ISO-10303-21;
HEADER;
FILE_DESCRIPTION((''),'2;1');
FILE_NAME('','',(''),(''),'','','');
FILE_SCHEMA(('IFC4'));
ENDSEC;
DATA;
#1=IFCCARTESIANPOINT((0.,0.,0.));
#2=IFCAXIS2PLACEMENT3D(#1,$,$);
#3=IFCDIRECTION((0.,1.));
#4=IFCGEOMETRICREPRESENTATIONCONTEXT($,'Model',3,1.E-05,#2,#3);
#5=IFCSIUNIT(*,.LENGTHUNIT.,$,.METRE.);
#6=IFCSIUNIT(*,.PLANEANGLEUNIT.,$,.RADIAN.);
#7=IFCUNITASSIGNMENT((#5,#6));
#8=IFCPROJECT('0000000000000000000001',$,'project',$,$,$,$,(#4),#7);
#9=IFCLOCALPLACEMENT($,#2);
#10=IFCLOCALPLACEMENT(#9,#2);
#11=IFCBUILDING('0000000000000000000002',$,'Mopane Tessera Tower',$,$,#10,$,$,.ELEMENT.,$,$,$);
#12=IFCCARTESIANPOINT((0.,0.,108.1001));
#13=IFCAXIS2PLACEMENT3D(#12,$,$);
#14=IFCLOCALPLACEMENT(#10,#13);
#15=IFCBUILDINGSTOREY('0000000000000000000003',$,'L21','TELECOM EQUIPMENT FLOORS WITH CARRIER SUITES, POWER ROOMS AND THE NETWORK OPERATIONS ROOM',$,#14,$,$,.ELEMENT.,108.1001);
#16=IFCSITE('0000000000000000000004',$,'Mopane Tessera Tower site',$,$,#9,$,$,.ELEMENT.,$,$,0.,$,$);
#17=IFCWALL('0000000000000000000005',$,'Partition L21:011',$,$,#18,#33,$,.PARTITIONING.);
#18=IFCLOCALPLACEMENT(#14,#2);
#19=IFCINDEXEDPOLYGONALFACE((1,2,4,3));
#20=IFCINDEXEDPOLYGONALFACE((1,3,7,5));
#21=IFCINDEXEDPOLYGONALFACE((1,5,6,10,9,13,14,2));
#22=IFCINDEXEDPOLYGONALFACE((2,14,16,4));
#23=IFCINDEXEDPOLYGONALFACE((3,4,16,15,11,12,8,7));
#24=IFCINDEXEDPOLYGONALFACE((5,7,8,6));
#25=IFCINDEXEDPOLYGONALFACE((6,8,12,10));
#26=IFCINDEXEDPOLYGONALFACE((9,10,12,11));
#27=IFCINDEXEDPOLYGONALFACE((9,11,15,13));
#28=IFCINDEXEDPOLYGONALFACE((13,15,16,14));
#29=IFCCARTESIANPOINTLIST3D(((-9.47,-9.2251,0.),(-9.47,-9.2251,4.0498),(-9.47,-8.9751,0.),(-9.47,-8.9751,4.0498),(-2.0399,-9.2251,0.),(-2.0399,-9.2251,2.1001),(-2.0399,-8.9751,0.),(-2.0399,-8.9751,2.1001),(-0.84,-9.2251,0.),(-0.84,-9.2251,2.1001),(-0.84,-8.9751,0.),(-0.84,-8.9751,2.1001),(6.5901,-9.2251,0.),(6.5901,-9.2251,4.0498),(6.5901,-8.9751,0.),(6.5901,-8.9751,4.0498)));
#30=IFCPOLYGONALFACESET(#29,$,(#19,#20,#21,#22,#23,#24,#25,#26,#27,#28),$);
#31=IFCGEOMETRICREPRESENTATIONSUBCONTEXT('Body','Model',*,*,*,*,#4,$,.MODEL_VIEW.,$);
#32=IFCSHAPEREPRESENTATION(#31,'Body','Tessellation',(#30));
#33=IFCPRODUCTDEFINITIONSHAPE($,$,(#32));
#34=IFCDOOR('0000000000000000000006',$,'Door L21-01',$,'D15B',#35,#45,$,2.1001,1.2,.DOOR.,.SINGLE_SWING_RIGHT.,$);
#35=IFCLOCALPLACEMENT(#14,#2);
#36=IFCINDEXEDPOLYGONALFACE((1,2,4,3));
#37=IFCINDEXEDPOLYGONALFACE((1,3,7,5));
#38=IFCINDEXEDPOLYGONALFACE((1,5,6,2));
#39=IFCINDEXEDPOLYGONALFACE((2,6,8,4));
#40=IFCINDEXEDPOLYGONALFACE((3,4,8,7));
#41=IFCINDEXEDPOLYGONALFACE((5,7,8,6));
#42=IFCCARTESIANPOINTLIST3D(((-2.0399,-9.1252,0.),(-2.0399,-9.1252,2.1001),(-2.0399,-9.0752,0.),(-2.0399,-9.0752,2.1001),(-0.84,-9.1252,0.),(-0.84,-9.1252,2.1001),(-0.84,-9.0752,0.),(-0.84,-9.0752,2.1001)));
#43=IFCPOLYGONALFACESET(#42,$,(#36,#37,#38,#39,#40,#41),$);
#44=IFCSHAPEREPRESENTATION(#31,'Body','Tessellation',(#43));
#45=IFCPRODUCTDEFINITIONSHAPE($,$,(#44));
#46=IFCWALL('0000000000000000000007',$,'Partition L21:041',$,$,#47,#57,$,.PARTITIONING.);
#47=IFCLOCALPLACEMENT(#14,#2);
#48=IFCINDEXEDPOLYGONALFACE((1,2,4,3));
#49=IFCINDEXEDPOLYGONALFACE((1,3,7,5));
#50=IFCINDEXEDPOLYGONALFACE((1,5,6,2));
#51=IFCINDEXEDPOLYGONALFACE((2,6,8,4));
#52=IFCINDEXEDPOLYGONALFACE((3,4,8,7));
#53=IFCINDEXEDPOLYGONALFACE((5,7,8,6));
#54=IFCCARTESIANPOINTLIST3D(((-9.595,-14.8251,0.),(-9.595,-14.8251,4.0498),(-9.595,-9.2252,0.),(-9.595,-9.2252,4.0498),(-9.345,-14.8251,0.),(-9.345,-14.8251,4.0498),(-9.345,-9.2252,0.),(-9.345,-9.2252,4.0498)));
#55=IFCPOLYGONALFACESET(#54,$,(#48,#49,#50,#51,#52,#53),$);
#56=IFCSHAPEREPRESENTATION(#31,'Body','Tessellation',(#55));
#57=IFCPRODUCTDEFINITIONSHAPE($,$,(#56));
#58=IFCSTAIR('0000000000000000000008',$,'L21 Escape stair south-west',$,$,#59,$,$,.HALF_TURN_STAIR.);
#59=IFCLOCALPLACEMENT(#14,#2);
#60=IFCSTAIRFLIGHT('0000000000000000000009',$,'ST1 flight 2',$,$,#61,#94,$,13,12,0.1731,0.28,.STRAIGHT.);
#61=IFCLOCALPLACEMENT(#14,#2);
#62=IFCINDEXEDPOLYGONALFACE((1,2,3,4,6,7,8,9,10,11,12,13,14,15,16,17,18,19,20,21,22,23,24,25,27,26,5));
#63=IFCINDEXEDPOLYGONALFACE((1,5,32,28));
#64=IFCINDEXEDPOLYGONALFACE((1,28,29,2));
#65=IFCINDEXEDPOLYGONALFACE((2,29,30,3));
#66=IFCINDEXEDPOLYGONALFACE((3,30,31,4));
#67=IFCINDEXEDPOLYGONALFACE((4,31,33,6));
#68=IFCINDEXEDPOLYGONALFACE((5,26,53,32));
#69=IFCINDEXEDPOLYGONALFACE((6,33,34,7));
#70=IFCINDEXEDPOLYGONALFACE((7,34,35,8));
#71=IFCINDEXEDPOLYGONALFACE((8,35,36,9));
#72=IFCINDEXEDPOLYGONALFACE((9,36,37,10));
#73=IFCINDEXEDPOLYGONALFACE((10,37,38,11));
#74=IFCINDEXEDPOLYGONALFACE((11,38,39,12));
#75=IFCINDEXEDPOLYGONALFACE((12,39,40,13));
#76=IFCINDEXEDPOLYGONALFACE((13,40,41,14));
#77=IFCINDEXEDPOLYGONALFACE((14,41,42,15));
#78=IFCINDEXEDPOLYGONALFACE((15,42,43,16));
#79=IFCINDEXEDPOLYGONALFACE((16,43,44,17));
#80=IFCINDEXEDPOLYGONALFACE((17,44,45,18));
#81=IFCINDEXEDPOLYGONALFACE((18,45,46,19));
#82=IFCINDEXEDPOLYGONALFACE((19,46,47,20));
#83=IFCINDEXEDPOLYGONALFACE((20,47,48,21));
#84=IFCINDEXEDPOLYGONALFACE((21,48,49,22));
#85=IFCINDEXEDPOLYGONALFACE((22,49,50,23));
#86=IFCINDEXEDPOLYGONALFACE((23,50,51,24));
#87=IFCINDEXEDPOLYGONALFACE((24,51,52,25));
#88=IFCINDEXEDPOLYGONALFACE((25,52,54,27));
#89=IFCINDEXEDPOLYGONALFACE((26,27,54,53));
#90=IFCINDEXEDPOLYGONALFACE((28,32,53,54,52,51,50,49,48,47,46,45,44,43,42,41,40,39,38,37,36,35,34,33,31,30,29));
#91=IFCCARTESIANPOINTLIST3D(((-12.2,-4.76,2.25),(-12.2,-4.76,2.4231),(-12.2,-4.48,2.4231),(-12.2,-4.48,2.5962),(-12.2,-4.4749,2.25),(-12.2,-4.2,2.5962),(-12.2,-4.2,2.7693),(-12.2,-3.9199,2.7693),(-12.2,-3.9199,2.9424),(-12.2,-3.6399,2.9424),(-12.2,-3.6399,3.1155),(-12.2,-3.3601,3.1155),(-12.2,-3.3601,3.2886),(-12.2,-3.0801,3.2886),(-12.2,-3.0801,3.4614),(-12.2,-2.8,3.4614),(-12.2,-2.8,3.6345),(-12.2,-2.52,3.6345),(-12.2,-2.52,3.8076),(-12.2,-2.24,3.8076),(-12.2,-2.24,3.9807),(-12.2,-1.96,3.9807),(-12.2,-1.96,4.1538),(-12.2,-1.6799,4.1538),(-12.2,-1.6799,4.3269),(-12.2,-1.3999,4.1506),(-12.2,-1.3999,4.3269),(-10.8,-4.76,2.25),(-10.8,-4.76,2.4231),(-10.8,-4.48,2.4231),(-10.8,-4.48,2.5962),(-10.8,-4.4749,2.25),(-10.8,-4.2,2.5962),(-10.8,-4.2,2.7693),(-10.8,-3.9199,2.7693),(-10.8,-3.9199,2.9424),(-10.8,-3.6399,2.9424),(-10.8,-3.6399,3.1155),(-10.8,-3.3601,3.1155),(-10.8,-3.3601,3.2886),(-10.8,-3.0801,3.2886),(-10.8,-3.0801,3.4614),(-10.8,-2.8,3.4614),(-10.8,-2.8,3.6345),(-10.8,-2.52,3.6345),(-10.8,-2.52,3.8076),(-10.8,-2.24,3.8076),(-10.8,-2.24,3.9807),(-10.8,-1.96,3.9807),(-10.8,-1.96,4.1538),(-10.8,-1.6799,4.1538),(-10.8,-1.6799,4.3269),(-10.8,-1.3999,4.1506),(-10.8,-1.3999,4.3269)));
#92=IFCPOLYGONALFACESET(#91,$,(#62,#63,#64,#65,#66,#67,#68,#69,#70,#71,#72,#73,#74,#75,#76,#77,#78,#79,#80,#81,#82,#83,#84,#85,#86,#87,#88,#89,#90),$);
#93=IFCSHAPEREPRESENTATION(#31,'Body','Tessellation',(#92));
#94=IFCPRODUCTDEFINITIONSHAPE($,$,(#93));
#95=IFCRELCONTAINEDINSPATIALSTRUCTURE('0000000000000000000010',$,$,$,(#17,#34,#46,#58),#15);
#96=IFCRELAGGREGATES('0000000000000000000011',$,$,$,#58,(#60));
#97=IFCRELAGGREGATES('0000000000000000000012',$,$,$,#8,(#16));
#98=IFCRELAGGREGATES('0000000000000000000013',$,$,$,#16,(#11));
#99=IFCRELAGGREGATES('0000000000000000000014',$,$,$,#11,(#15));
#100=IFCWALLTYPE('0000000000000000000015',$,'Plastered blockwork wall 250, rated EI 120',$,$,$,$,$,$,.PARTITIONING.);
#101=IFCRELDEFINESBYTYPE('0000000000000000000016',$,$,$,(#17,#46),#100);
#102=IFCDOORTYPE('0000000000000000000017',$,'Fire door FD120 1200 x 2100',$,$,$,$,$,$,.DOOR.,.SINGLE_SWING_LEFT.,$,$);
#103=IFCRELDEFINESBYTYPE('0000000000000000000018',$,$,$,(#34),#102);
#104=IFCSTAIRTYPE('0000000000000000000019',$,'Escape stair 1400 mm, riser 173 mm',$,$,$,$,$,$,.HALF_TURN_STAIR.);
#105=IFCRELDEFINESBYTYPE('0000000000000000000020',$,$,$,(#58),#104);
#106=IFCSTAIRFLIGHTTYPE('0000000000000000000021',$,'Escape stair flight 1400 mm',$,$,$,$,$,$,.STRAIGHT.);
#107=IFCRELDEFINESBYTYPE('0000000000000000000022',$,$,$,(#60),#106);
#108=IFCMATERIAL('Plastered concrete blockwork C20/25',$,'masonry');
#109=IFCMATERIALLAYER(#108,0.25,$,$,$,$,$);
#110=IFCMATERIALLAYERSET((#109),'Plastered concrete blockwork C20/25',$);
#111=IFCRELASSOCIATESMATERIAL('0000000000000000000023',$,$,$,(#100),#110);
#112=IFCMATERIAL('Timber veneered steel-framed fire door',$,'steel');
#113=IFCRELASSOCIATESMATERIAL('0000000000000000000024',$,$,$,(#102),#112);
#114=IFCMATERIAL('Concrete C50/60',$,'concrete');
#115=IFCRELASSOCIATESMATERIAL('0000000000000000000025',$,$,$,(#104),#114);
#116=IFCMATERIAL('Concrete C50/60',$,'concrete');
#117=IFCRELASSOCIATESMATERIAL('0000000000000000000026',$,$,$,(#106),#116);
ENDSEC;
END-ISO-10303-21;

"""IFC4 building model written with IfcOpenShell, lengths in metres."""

from ifc_helpers import new_model, si_unit, direction, frame, frame_2d, origin, place, context, subcontext, project, spatial, polyline, rectangle, outline, extrude, material, layer, layer_set, type_object, element, fill, aggregate, save


model = new_model("IFC4")

# Units and contexts
model_context = context("Model", 3, precision=1e-05, world=origin(), true_north=direction((0.0, 1.0)))
body_context = subcontext(model_context, "Body", "Model", "MODEL_VIEW")
ifc_project = project(units=[si_unit("LENGTHUNIT", "METRE"), si_unit("PLANEANGLEUNIT", "RADIAN")], contexts=[model_context])

# Site, building, storey
site_placement = place(None, origin())
site = spatial("IfcSite", under=ifc_project, at=site_placement, Name="Mopane Tessera Tower site", CompositionType="ELEMENT", RefElevation=0.0)
building_placement = place(site_placement, origin())
building = spatial("IfcBuilding", under=site, at=building_placement, Name="Mopane Tessera Tower", CompositionType="ELEMENT")
storey_placement = place(building_placement, frame((0.0, 0.0, 108.1001)))
storey = spatial("IfcBuildingStorey", under=building, at=storey_placement, Name="L21", Description="TELECOM EQUIPMENT FLOORS WITH CARRIER SUITES, POWER ROOMS AND THE NETWORK OPERATIONS ROOM", CompositionType="ELEMENT", Elevation=108.1001)

# Shared definitions
ifc_material_1 = material(Name="Plastered concrete blockwork C20/25", Category="masonry")
ifc_layer_1 = layer(ifc_material_1, 0.25)
ifc_layer_set_1 = layer_set([ifc_layer_1], Name="Plastered concrete blockwork C20/25")
wall_type_1 = type_object("IfcWallType", Name="Plastered blockwork wall 250, rated EI 120", PredefinedType="PARTITIONING", material=ifc_layer_set_1)

# Wall, opening, door
wall_1_placement = place(storey_placement, frame((-9.47, -9.1001, 0.0), z_axis=(0.0, 0.0, 1.0), x_axis=(1.0, 0.0, 0.0)))
wall_1 = element("IfcWall", 1, at=wall_1_placement, inside=storey, type_object=wall_type_1, Name="Partition L21:011", PredefinedType="PARTITIONING", context=body_context, shape_type="SweptSolid", body=[
    extrude(rectangle(XDim=16.0601, YDim=0.25, at=frame_2d((8.03, 0.0))), origin(), (0.0, 0.0, 1.0), 4.0498),
])
opening_1_placement = place(wall_1_placement, frame((7.4299, 0.0, 0.0)))
opening_1 = element("IfcOpeningElement", 2, at=opening_1_placement, cuts=wall_1, PredefinedType="OPENING", context=body_context, shape_type="SweptSolid", body=[
    extrude(rectangle(XDim=1.2, YDim=2.1001, at=frame_2d((0.6001, 1.05))), frame((0.0, 0.137, 0.0), z_axis=(0.0, -1.0, 0.0), x_axis=(1.0, 0.0, 0.0)), (0.0, 0.0, 1.0), 0.2739),
])
ifc_material_2 = material(Name="Timber veneered steel-framed fire door", Category="steel")
door_type_1 = type_object("IfcDoorType", Name="Fire door FD120 1200 x 2100", OperationType="SINGLE_SWING_LEFT", PredefinedType="DOOR", material=ifc_material_2)
door_1_placement = place(opening_1_placement, origin())
door_1 = element("IfcDoor", 3, at=door_1_placement, inside=storey, type_object=door_type_1, Name="Door L21-01", ObjectType="D15B", OperationType="SINGLE_SWING_RIGHT", OverallHeight=2.1001, OverallWidth=1.2, PredefinedType="DOOR", context=body_context, shape_type="SweptSolid", body=[
    extrude(rectangle(XDim=1.2, YDim=2.1001, at=frame_2d((0.6001, 1.05))), frame((0.0, 0.0249, 0.0), z_axis=(0.0, -1.0, 0.0), x_axis=(1.0, 0.0, 0.0)), (0.0, 0.0, 1.0), 0.05),
])
fill(opening_1, door_1)

# Wall
wall_2_placement = place(storey_placement, frame((-9.47, -14.825, 0.0), z_axis=(0.0, 0.0, 1.0), x_axis=(0.0, 1.0, 0.0)))
element("IfcWall", 4, at=wall_2_placement, inside=storey, type_object=wall_type_1, Name="Partition L21:041", PredefinedType="PARTITIONING", context=body_context, shape_type="SweptSolid", body=[
    extrude(rectangle(XDim=5.5999, YDim=0.25, at=frame_2d((2.7998, 0.0))), origin(), (0.0, 0.0, 1.0), 4.0498),
])

# Stair, stair flight
ifc_material_3 = material(Name="Concrete C50/60", Category="concrete")
stair_type = type_object("IfcStairType", Name="Escape stair 1400 mm, riser 173 mm", PredefinedType="HALF_TURN_STAIR", material=ifc_material_3)
stair_placement = place(storey_placement, origin())
stair = element("IfcStair", 5, at=stair_placement, inside=storey, type_object=stair_type, Name="L21 Escape stair south-west", PredefinedType="HALF_TURN_STAIR")
ifc_material_4 = material(Name="Concrete C50/60", Category="concrete")
stair_flight_type = type_object("IfcStairFlightType", Name="Escape stair flight 1400 mm", PredefinedType="STRAIGHT", material=ifc_material_4)
stair_flight_placement = place(storey_placement, frame((-11.5, -4.76, 2.25), z_axis=(0.0, 0.0, 1.0), x_axis=(0.0, 1.0, 0.0)))
stair_flight = element("IfcStairFlight", 6, at=stair_flight_placement, type_object=stair_flight_type, Name="ST1 flight 2", NumberOfRisers=13, NumberOfTreads=12, PredefinedType="STRAIGHT", RiserHeight=0.1731, TreadLength=0.28, context=body_context, shape_type="SweptSolid", body=[
    extrude(outline(polyline([(0.0, 0.0), (0.0, 0.1731), (0.28, 0.1731), (0.28, 0.3462), (0.5601, 0.3462), (0.5601, 0.5193), (0.8401, 0.5193), (0.8401, 0.6924), (1.1201, 0.6924), (1.1201, 0.8655), (1.3999, 0.8655), (1.3999, 1.0386), (1.6799, 1.0386), (1.6799, 1.2114), (1.96, 1.2114), (1.96, 1.3845), (2.24, 1.3845), (2.24, 1.5576), (2.52, 1.5576), (2.52, 1.7307), (2.8, 1.7307), (2.8, 1.9038), (3.0801, 1.9038), (3.0801, 2.0769), (3.3601, 2.0769), (3.3601, 2.25), (3.3601, 1.9006), (0.2852, 0.0), (0.0, 0.0)])), frame((0.0, 0.7, 0.0), z_axis=(0.0, -1.0, 0.0), x_axis=(1.0, 0.0, 0.0)), (0.0, 0.0, 1.0), 1.3999),
])
aggregate(stair, [stair_flight])

save(model, "model.ifc")
